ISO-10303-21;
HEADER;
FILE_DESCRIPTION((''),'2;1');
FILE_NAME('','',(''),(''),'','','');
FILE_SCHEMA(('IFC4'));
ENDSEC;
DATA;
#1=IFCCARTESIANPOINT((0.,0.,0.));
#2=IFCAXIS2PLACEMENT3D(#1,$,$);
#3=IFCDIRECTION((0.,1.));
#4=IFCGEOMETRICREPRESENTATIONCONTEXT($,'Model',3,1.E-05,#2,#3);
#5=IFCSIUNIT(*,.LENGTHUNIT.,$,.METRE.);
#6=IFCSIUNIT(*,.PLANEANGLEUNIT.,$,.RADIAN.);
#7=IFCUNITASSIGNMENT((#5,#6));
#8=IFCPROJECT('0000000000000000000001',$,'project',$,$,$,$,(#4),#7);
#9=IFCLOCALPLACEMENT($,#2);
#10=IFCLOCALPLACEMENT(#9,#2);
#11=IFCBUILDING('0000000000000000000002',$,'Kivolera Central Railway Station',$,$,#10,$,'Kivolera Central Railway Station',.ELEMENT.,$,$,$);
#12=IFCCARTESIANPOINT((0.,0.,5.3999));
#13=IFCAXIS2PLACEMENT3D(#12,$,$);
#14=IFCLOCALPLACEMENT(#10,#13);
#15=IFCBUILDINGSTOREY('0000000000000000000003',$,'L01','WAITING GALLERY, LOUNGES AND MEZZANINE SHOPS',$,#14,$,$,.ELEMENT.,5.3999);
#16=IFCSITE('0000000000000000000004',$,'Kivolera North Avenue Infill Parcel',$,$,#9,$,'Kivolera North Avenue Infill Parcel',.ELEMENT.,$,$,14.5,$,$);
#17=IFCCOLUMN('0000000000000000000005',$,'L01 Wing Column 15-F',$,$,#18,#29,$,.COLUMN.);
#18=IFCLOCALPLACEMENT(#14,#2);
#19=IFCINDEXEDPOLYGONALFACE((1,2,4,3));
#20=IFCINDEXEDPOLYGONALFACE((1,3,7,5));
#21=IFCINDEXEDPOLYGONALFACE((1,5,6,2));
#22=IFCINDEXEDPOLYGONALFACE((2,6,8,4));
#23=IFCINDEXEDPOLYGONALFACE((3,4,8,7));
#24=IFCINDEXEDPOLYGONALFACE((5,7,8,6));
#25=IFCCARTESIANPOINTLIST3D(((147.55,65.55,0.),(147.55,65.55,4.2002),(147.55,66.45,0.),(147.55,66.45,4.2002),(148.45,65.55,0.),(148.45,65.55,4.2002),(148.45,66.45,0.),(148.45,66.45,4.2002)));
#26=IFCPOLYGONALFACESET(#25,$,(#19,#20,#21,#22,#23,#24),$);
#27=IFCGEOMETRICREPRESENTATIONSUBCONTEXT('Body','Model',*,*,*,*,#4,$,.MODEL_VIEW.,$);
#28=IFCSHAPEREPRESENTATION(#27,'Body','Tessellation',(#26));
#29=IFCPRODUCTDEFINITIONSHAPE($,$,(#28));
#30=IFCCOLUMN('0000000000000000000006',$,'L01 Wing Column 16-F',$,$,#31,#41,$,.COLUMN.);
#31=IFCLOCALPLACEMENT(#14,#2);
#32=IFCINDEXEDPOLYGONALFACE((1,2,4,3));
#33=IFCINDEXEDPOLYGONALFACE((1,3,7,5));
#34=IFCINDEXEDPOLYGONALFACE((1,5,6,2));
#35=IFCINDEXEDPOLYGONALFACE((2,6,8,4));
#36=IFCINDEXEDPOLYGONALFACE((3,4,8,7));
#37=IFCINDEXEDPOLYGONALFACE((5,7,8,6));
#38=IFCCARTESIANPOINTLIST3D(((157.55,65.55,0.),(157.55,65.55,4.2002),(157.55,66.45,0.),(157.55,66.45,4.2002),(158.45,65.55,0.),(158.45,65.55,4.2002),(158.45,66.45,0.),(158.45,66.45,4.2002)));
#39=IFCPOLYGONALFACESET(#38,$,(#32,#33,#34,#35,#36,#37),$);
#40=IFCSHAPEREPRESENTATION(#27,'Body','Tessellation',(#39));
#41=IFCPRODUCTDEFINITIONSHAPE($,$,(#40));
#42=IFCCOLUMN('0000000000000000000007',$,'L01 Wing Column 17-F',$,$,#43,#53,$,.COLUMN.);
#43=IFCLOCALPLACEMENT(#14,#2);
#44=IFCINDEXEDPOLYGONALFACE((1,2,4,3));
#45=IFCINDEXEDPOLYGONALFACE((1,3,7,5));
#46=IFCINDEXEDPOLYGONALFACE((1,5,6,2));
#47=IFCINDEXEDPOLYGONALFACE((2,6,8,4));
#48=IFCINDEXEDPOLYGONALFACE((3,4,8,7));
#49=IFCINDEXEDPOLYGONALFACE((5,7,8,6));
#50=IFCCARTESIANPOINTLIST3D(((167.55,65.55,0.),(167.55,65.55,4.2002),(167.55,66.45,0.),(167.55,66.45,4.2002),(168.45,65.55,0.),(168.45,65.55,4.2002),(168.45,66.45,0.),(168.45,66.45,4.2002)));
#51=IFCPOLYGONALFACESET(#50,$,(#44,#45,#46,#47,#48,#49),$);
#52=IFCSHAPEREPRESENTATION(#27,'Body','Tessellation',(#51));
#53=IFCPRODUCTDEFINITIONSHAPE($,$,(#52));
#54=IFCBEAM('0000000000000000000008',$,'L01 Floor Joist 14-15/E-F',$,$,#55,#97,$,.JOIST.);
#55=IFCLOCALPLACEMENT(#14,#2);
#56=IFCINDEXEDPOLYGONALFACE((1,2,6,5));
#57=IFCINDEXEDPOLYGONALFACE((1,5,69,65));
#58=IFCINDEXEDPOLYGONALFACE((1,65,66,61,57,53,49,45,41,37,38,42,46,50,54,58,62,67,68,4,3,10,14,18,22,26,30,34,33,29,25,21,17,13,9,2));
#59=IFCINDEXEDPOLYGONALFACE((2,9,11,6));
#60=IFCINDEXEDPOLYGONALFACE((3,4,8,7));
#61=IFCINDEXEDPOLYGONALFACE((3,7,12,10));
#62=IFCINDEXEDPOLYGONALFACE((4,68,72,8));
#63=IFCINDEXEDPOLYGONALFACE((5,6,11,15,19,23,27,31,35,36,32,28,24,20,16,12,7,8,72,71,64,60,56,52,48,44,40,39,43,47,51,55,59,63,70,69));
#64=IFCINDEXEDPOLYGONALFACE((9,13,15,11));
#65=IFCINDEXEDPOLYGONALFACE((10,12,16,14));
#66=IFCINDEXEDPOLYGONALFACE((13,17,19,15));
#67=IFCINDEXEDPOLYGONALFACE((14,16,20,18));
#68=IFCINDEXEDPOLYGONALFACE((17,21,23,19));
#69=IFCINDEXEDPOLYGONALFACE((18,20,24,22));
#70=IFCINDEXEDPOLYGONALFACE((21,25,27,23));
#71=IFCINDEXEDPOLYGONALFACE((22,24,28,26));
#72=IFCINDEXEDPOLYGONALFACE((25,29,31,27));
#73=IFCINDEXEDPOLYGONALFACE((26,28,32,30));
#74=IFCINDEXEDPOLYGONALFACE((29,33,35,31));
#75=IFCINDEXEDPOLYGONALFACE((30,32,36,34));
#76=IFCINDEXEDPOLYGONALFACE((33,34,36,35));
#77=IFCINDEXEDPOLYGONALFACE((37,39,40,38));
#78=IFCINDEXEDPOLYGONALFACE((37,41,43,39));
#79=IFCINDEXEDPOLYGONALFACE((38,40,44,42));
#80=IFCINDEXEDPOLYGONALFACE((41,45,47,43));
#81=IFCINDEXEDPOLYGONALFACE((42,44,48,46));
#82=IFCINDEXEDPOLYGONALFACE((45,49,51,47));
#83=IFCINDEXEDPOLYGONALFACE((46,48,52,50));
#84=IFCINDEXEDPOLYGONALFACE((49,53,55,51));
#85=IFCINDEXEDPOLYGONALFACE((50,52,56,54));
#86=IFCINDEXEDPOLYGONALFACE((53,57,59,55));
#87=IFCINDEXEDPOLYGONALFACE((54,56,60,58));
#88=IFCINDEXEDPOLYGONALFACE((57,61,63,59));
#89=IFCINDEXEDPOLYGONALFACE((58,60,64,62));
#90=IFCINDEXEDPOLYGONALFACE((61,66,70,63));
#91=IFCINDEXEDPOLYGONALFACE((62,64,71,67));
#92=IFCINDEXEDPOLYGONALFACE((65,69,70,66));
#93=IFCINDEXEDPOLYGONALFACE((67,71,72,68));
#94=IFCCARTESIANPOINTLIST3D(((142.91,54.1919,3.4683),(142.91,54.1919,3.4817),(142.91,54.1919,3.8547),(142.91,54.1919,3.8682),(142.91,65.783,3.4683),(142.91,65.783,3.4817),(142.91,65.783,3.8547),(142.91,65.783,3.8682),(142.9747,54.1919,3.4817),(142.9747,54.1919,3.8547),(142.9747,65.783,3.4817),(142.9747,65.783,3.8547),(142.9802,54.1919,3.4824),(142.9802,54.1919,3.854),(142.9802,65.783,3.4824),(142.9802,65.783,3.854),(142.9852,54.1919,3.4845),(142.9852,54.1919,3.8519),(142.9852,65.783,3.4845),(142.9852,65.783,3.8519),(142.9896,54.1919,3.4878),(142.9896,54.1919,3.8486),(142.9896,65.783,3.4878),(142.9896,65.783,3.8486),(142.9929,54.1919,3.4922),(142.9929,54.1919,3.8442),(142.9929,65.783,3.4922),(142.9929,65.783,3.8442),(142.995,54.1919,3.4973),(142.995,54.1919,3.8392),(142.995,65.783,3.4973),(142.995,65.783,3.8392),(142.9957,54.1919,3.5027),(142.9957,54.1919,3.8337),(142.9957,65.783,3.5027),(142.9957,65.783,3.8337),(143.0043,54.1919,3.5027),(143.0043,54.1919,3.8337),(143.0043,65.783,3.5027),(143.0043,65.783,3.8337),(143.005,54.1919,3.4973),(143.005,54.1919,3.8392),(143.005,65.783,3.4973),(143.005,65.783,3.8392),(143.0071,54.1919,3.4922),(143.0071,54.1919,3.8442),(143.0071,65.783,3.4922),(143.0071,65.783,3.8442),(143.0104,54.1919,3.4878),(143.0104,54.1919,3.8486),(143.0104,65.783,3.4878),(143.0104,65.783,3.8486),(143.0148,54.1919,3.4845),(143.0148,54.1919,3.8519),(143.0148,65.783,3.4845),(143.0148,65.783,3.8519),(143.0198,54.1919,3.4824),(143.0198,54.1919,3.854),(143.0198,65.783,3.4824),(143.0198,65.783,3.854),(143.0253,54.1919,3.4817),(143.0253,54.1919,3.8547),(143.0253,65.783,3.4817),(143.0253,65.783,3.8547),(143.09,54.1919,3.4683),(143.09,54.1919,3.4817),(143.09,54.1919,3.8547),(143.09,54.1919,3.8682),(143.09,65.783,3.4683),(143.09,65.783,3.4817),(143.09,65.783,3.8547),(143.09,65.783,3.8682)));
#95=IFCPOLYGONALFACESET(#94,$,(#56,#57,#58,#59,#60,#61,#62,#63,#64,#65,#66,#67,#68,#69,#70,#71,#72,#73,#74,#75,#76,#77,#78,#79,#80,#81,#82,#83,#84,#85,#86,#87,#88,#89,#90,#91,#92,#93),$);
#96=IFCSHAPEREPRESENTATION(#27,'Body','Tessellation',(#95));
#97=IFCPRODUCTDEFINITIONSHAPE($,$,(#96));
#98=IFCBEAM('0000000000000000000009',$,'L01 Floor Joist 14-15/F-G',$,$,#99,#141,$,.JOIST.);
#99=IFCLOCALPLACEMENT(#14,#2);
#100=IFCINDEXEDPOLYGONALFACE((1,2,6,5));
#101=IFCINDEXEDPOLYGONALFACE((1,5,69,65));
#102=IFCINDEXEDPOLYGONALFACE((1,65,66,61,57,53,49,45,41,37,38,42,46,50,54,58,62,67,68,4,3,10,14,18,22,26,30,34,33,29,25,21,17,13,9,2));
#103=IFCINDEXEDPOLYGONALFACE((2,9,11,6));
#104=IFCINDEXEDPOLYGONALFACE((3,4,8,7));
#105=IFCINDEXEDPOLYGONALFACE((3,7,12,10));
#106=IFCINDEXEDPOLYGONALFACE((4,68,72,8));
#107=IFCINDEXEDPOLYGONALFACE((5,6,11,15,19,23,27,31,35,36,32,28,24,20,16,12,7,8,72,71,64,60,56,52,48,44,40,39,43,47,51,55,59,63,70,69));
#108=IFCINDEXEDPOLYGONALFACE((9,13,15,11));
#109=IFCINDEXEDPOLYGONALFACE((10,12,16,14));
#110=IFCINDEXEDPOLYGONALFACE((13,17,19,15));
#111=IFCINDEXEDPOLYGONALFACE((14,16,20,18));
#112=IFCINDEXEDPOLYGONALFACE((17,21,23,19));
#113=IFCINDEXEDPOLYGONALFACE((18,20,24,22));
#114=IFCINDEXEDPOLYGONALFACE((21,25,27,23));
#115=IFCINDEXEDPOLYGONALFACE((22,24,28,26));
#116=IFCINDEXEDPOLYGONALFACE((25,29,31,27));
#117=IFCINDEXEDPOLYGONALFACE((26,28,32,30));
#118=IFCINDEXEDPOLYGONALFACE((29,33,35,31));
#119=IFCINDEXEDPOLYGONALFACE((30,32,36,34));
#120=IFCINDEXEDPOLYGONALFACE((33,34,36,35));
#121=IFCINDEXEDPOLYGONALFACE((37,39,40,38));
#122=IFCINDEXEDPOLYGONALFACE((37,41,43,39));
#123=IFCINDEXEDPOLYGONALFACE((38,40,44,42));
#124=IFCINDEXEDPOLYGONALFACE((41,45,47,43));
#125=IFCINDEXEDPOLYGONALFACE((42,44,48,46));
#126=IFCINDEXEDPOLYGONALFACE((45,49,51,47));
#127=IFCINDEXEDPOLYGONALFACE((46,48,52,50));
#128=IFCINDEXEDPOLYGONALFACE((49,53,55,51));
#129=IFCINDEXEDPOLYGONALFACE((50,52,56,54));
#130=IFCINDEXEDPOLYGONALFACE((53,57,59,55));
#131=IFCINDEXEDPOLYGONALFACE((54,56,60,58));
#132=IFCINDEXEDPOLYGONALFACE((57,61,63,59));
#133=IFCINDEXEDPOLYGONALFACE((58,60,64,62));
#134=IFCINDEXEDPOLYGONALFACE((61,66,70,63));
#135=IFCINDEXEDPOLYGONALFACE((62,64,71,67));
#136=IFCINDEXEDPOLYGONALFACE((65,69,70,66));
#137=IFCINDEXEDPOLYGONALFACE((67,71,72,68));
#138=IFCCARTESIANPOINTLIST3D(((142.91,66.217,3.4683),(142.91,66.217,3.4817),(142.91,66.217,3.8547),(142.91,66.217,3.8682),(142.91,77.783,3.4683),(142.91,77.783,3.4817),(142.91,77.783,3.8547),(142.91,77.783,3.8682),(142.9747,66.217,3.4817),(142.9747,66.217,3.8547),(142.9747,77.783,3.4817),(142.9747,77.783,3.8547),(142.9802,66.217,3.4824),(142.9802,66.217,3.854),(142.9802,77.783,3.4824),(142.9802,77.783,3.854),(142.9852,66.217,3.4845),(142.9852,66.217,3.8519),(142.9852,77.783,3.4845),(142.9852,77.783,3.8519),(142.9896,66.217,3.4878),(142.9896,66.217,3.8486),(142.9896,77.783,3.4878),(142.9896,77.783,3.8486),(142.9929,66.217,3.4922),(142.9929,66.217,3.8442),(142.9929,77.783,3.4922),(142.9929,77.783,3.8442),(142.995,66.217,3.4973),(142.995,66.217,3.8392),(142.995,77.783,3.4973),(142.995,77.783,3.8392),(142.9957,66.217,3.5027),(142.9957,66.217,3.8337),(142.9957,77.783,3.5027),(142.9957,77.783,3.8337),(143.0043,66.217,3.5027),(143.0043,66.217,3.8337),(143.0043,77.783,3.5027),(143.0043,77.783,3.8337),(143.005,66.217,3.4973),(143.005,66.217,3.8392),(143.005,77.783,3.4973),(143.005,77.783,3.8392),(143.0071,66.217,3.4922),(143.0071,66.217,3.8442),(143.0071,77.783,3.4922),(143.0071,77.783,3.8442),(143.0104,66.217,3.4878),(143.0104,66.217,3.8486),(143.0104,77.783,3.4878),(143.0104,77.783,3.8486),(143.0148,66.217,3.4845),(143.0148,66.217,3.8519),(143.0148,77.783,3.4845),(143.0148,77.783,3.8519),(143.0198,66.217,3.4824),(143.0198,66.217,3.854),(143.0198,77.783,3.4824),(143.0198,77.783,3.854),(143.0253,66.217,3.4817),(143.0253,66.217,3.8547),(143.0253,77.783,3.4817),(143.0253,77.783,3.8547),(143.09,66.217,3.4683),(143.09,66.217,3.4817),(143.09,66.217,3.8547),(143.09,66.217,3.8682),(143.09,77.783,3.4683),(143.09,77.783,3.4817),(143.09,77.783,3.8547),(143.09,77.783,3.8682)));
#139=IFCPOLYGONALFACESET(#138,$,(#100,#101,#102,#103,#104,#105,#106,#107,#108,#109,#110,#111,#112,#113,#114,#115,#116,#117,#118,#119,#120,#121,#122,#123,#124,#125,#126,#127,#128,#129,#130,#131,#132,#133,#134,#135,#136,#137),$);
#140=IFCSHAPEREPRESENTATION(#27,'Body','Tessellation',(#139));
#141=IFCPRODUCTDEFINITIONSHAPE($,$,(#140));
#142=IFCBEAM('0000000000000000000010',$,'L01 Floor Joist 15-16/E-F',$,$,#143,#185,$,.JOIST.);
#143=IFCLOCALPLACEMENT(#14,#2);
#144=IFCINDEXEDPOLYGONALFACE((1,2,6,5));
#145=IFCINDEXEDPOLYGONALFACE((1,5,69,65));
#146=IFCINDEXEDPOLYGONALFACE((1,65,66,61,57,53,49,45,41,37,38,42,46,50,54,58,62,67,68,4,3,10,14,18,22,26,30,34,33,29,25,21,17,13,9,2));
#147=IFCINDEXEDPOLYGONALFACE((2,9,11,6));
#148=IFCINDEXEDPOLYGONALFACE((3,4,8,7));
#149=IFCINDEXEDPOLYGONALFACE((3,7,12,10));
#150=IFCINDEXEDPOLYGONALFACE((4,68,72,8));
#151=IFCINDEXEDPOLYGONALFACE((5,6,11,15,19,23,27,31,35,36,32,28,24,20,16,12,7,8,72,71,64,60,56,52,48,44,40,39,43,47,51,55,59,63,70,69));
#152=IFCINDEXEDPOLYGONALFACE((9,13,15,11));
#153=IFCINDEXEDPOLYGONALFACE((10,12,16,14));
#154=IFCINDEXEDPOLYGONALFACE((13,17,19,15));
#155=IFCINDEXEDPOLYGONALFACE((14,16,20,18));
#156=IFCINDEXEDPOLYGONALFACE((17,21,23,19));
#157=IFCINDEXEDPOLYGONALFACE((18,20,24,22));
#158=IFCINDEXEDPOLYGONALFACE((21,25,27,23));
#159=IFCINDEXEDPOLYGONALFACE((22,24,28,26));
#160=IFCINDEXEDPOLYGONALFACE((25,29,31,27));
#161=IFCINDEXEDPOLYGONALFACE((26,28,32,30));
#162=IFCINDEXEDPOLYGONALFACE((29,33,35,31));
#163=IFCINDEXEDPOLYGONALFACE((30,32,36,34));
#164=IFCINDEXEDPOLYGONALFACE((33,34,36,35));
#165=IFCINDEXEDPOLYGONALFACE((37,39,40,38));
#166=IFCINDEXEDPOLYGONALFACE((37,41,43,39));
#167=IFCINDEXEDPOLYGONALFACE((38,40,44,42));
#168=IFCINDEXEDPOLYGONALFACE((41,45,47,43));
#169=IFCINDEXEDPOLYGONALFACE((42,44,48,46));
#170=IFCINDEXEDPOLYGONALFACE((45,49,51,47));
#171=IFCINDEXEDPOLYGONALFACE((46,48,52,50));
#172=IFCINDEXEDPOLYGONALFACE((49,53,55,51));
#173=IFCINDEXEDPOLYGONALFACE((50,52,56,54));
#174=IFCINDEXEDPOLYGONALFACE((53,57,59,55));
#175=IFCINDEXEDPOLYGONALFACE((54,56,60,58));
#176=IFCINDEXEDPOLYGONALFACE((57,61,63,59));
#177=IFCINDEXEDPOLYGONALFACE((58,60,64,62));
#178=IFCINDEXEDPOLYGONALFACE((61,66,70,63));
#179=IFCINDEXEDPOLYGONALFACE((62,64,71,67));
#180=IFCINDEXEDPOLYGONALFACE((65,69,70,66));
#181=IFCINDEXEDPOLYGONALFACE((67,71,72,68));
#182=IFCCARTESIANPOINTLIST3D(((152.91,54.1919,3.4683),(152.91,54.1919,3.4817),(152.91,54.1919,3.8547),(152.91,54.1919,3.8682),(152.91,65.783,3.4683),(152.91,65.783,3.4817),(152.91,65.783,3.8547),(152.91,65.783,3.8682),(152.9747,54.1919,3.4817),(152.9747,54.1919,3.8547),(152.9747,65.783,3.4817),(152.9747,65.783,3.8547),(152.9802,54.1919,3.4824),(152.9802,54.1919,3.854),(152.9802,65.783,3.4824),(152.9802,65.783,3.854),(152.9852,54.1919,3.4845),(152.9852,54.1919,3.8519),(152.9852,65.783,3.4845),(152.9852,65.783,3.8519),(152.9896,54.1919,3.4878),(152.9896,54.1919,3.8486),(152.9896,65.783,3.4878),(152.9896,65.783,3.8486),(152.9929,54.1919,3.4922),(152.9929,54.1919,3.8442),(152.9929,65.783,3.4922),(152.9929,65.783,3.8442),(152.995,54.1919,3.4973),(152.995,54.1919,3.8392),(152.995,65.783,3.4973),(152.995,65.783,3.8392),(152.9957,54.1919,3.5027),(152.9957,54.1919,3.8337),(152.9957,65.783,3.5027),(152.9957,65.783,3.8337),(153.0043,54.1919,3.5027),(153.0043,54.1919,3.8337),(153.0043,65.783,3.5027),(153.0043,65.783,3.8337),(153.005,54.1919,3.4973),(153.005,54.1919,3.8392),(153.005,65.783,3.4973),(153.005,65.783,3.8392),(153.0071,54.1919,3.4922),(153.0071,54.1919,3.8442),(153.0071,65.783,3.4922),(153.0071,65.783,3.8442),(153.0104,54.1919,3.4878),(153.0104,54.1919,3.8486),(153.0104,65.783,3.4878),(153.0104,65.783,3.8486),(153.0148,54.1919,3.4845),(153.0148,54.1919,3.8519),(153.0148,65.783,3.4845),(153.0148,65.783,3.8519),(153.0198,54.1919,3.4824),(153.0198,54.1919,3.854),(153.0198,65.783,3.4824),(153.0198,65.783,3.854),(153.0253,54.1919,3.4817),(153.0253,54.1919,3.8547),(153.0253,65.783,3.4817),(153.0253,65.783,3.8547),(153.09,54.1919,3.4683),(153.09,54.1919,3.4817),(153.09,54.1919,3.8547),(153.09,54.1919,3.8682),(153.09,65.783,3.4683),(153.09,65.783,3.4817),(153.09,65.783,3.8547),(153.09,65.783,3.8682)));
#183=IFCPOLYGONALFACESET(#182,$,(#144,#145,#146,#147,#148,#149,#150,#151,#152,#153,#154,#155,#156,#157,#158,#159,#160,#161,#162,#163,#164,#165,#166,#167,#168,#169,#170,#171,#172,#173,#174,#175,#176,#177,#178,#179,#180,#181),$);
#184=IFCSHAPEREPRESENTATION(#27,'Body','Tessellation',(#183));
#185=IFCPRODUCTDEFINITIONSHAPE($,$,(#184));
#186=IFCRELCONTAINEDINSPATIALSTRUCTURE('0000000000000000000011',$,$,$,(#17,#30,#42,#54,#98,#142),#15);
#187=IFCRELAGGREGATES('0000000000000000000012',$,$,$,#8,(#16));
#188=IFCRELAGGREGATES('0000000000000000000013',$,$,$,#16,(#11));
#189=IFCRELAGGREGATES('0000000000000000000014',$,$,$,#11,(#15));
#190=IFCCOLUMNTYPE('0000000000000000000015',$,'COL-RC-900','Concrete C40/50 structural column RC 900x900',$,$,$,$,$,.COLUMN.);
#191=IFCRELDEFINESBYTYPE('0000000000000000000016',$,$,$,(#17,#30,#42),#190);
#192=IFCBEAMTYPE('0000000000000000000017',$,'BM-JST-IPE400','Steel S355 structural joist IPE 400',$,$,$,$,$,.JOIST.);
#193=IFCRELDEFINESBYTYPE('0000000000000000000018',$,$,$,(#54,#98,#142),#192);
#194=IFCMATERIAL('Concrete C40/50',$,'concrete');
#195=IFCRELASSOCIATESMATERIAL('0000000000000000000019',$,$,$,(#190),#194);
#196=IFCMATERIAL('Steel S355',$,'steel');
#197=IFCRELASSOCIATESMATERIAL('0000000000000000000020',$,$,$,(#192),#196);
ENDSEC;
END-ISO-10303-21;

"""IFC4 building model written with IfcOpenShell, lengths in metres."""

from ifc_helpers import new_model, si_unit, direction, frame, origin, origin_2d, place, context, subcontext, project, spatial, rectangle, i_section, extrude, material, material_profile, profile_set, type_object, element, save


model = new_model("IFC4")

# Units and contexts
model_context = context("Model", 3, precision=1e-05, world=origin(), true_north=direction((0.0, 1.0)))
body_context = subcontext(model_context, "Body", "Model", "MODEL_VIEW")
ifc_project = project(units=[si_unit("LENGTHUNIT", "METRE"), si_unit("PLANEANGLEUNIT", "RADIAN")], contexts=[model_context])

# Site, building, storey
site_placement = place(None, origin())
site = spatial("IfcSite", under=ifc_project, at=site_placement, Name="Kivolera North Avenue Infill Parcel", LongName="Kivolera North Avenue Infill Parcel", CompositionType="ELEMENT", RefElevation=14.5)
building_placement = place(site_placement, origin())
building = spatial("IfcBuilding", under=site, at=building_placement, Name="Kivolera Central Railway Station", LongName="Kivolera Central Railway Station", CompositionType="ELEMENT")
storey_placement = place(building_placement, frame((0.0, 0.0, 5.3999)))
storey = spatial("IfcBuildingStorey", under=building, at=storey_placement, Name="L01", Description="WAITING GALLERY, LOUNGES AND MEZZANINE SHOPS", CompositionType="ELEMENT", Elevation=5.3999)

# Columns
ifc_material_1 = material(Name="Concrete C40/50", Category="concrete")
ifc_material_profile_1 = material_profile(ifc_material_1, rectangle(XDim=0.8999, YDim=0.8999, at=origin_2d()), Name="RC 900x900")
ifc_profile_set_1 = profile_set([ifc_material_profile_1], Name="Concrete C40/50")
column_type = type_object("IfcColumnType", Name="COL-RC-900", Description="Concrete C40/50 structural column RC 900x900", PredefinedType="COLUMN", material=ifc_profile_set_1)
for number, where, z_axis, x_axis, name in (
    (1, (148.0, 66.0, 0.0), (0.0, 0.0, 1.0), (1.0, 0.0, 0.0), "L01 Wing Column 15-F"),
    (2, (158.0, 66.0, 0.0), (0.0, 0.0, 1.0), (1.0, 0.0, 0.0), "L01 Wing Column 16-F"),
    (3, (168.0, 66.0, 0.0), (0.0, 0.0, 1.0), (1.0, 0.0, 0.0), "L01 Wing Column 17-F"),
):
    element("IfcColumn", number, at=place(storey_placement, frame(where, z_axis=z_axis, x_axis=x_axis)), inside=storey, type_object=column_type, Name=name, PredefinedType="COLUMN", context=body_context, shape_type="SweptSolid", body=[
        extrude(rectangle(XDim=0.8999, YDim=0.8999, at=origin_2d()), origin(), (0.0, 0.0, 1.0), 4.2002),
    ])

# Beams
ifc_material_2 = material(Name="Steel S355", Category="steel")
ifc_material_profile_2 = material_profile(ifc_material_2, i_section(OverallWidth=0.1799, OverallDepth=0.3999, WebThickness=0.0085, FlangeThickness=0.0134, FilletRadius=0.021, at=origin_2d()), Name="IPE 400")
ifc_profile_set_2 = profile_set([ifc_material_profile_2], Name="Steel S355")
beam_type_1 = type_object("IfcBeamType", Name="BM-JST-IPE400", Description="Steel S355 structural joist IPE 400", PredefinedType="JOIST", material=ifc_profile_set_2)
beam_1_placement = place(storey_placement, frame((143.0, 54.1919, 3.6682), z_axis=(0.0, 1.0, 0.0), x_axis=(-1.0, 0.0, 0.0)))
element("IfcBeam", 4, at=beam_1_placement, inside=storey, type_object=beam_type_1, Name="L01 Floor Joist 14-15/E-F", PredefinedType="JOIST", context=body_context, shape_type="SweptSolid", body=[
    extrude(i_section(OverallWidth=0.1799, OverallDepth=0.3999, WebThickness=0.0085, FlangeThickness=0.0134, FilletRadius=0.021, at=origin_2d()), origin(), (0.0, 0.0, 1.0), 11.5911),
])
beam_2_placement = place(storey_placement, frame((143.0, 66.217, 3.6682), z_axis=(0.0, 1.0, 0.0), x_axis=(-1.0, 0.0, 0.0)))
element("IfcBeam", 5, at=beam_2_placement, inside=storey, type_object=beam_type_1, Name="L01 Floor Joist 14-15/F-G", PredefinedType="JOIST", context=body_context, shape_type="SweptSolid", body=[
    extrude(i_section(OverallWidth=0.1799, OverallDepth=0.3999, WebThickness=0.0085, FlangeThickness=0.0134, FilletRadius=0.021, at=origin_2d()), origin(), (0.0, 0.0, 1.0), 11.5659),
])
beam_3_placement = place(storey_placement, frame((153.0, 54.1919, 3.6682), z_axis=(0.0, 1.0, 0.0), x_axis=(-1.0, 0.0, 0.0)))
element("IfcBeam", 6, at=beam_3_placement, inside=storey, type_object=beam_type_1, Name="L01 Floor Joist 15-16/E-F", PredefinedType="JOIST", context=body_context, shape_type="SweptSolid", body=[
    extrude(i_section(OverallWidth=0.1799, OverallDepth=0.3999, WebThickness=0.0085, FlangeThickness=0.0134, FilletRadius=0.021, at=origin_2d()), origin(), (0.0, 0.0, 1.0), 11.5911),
])

save(model, "model.ifc")
